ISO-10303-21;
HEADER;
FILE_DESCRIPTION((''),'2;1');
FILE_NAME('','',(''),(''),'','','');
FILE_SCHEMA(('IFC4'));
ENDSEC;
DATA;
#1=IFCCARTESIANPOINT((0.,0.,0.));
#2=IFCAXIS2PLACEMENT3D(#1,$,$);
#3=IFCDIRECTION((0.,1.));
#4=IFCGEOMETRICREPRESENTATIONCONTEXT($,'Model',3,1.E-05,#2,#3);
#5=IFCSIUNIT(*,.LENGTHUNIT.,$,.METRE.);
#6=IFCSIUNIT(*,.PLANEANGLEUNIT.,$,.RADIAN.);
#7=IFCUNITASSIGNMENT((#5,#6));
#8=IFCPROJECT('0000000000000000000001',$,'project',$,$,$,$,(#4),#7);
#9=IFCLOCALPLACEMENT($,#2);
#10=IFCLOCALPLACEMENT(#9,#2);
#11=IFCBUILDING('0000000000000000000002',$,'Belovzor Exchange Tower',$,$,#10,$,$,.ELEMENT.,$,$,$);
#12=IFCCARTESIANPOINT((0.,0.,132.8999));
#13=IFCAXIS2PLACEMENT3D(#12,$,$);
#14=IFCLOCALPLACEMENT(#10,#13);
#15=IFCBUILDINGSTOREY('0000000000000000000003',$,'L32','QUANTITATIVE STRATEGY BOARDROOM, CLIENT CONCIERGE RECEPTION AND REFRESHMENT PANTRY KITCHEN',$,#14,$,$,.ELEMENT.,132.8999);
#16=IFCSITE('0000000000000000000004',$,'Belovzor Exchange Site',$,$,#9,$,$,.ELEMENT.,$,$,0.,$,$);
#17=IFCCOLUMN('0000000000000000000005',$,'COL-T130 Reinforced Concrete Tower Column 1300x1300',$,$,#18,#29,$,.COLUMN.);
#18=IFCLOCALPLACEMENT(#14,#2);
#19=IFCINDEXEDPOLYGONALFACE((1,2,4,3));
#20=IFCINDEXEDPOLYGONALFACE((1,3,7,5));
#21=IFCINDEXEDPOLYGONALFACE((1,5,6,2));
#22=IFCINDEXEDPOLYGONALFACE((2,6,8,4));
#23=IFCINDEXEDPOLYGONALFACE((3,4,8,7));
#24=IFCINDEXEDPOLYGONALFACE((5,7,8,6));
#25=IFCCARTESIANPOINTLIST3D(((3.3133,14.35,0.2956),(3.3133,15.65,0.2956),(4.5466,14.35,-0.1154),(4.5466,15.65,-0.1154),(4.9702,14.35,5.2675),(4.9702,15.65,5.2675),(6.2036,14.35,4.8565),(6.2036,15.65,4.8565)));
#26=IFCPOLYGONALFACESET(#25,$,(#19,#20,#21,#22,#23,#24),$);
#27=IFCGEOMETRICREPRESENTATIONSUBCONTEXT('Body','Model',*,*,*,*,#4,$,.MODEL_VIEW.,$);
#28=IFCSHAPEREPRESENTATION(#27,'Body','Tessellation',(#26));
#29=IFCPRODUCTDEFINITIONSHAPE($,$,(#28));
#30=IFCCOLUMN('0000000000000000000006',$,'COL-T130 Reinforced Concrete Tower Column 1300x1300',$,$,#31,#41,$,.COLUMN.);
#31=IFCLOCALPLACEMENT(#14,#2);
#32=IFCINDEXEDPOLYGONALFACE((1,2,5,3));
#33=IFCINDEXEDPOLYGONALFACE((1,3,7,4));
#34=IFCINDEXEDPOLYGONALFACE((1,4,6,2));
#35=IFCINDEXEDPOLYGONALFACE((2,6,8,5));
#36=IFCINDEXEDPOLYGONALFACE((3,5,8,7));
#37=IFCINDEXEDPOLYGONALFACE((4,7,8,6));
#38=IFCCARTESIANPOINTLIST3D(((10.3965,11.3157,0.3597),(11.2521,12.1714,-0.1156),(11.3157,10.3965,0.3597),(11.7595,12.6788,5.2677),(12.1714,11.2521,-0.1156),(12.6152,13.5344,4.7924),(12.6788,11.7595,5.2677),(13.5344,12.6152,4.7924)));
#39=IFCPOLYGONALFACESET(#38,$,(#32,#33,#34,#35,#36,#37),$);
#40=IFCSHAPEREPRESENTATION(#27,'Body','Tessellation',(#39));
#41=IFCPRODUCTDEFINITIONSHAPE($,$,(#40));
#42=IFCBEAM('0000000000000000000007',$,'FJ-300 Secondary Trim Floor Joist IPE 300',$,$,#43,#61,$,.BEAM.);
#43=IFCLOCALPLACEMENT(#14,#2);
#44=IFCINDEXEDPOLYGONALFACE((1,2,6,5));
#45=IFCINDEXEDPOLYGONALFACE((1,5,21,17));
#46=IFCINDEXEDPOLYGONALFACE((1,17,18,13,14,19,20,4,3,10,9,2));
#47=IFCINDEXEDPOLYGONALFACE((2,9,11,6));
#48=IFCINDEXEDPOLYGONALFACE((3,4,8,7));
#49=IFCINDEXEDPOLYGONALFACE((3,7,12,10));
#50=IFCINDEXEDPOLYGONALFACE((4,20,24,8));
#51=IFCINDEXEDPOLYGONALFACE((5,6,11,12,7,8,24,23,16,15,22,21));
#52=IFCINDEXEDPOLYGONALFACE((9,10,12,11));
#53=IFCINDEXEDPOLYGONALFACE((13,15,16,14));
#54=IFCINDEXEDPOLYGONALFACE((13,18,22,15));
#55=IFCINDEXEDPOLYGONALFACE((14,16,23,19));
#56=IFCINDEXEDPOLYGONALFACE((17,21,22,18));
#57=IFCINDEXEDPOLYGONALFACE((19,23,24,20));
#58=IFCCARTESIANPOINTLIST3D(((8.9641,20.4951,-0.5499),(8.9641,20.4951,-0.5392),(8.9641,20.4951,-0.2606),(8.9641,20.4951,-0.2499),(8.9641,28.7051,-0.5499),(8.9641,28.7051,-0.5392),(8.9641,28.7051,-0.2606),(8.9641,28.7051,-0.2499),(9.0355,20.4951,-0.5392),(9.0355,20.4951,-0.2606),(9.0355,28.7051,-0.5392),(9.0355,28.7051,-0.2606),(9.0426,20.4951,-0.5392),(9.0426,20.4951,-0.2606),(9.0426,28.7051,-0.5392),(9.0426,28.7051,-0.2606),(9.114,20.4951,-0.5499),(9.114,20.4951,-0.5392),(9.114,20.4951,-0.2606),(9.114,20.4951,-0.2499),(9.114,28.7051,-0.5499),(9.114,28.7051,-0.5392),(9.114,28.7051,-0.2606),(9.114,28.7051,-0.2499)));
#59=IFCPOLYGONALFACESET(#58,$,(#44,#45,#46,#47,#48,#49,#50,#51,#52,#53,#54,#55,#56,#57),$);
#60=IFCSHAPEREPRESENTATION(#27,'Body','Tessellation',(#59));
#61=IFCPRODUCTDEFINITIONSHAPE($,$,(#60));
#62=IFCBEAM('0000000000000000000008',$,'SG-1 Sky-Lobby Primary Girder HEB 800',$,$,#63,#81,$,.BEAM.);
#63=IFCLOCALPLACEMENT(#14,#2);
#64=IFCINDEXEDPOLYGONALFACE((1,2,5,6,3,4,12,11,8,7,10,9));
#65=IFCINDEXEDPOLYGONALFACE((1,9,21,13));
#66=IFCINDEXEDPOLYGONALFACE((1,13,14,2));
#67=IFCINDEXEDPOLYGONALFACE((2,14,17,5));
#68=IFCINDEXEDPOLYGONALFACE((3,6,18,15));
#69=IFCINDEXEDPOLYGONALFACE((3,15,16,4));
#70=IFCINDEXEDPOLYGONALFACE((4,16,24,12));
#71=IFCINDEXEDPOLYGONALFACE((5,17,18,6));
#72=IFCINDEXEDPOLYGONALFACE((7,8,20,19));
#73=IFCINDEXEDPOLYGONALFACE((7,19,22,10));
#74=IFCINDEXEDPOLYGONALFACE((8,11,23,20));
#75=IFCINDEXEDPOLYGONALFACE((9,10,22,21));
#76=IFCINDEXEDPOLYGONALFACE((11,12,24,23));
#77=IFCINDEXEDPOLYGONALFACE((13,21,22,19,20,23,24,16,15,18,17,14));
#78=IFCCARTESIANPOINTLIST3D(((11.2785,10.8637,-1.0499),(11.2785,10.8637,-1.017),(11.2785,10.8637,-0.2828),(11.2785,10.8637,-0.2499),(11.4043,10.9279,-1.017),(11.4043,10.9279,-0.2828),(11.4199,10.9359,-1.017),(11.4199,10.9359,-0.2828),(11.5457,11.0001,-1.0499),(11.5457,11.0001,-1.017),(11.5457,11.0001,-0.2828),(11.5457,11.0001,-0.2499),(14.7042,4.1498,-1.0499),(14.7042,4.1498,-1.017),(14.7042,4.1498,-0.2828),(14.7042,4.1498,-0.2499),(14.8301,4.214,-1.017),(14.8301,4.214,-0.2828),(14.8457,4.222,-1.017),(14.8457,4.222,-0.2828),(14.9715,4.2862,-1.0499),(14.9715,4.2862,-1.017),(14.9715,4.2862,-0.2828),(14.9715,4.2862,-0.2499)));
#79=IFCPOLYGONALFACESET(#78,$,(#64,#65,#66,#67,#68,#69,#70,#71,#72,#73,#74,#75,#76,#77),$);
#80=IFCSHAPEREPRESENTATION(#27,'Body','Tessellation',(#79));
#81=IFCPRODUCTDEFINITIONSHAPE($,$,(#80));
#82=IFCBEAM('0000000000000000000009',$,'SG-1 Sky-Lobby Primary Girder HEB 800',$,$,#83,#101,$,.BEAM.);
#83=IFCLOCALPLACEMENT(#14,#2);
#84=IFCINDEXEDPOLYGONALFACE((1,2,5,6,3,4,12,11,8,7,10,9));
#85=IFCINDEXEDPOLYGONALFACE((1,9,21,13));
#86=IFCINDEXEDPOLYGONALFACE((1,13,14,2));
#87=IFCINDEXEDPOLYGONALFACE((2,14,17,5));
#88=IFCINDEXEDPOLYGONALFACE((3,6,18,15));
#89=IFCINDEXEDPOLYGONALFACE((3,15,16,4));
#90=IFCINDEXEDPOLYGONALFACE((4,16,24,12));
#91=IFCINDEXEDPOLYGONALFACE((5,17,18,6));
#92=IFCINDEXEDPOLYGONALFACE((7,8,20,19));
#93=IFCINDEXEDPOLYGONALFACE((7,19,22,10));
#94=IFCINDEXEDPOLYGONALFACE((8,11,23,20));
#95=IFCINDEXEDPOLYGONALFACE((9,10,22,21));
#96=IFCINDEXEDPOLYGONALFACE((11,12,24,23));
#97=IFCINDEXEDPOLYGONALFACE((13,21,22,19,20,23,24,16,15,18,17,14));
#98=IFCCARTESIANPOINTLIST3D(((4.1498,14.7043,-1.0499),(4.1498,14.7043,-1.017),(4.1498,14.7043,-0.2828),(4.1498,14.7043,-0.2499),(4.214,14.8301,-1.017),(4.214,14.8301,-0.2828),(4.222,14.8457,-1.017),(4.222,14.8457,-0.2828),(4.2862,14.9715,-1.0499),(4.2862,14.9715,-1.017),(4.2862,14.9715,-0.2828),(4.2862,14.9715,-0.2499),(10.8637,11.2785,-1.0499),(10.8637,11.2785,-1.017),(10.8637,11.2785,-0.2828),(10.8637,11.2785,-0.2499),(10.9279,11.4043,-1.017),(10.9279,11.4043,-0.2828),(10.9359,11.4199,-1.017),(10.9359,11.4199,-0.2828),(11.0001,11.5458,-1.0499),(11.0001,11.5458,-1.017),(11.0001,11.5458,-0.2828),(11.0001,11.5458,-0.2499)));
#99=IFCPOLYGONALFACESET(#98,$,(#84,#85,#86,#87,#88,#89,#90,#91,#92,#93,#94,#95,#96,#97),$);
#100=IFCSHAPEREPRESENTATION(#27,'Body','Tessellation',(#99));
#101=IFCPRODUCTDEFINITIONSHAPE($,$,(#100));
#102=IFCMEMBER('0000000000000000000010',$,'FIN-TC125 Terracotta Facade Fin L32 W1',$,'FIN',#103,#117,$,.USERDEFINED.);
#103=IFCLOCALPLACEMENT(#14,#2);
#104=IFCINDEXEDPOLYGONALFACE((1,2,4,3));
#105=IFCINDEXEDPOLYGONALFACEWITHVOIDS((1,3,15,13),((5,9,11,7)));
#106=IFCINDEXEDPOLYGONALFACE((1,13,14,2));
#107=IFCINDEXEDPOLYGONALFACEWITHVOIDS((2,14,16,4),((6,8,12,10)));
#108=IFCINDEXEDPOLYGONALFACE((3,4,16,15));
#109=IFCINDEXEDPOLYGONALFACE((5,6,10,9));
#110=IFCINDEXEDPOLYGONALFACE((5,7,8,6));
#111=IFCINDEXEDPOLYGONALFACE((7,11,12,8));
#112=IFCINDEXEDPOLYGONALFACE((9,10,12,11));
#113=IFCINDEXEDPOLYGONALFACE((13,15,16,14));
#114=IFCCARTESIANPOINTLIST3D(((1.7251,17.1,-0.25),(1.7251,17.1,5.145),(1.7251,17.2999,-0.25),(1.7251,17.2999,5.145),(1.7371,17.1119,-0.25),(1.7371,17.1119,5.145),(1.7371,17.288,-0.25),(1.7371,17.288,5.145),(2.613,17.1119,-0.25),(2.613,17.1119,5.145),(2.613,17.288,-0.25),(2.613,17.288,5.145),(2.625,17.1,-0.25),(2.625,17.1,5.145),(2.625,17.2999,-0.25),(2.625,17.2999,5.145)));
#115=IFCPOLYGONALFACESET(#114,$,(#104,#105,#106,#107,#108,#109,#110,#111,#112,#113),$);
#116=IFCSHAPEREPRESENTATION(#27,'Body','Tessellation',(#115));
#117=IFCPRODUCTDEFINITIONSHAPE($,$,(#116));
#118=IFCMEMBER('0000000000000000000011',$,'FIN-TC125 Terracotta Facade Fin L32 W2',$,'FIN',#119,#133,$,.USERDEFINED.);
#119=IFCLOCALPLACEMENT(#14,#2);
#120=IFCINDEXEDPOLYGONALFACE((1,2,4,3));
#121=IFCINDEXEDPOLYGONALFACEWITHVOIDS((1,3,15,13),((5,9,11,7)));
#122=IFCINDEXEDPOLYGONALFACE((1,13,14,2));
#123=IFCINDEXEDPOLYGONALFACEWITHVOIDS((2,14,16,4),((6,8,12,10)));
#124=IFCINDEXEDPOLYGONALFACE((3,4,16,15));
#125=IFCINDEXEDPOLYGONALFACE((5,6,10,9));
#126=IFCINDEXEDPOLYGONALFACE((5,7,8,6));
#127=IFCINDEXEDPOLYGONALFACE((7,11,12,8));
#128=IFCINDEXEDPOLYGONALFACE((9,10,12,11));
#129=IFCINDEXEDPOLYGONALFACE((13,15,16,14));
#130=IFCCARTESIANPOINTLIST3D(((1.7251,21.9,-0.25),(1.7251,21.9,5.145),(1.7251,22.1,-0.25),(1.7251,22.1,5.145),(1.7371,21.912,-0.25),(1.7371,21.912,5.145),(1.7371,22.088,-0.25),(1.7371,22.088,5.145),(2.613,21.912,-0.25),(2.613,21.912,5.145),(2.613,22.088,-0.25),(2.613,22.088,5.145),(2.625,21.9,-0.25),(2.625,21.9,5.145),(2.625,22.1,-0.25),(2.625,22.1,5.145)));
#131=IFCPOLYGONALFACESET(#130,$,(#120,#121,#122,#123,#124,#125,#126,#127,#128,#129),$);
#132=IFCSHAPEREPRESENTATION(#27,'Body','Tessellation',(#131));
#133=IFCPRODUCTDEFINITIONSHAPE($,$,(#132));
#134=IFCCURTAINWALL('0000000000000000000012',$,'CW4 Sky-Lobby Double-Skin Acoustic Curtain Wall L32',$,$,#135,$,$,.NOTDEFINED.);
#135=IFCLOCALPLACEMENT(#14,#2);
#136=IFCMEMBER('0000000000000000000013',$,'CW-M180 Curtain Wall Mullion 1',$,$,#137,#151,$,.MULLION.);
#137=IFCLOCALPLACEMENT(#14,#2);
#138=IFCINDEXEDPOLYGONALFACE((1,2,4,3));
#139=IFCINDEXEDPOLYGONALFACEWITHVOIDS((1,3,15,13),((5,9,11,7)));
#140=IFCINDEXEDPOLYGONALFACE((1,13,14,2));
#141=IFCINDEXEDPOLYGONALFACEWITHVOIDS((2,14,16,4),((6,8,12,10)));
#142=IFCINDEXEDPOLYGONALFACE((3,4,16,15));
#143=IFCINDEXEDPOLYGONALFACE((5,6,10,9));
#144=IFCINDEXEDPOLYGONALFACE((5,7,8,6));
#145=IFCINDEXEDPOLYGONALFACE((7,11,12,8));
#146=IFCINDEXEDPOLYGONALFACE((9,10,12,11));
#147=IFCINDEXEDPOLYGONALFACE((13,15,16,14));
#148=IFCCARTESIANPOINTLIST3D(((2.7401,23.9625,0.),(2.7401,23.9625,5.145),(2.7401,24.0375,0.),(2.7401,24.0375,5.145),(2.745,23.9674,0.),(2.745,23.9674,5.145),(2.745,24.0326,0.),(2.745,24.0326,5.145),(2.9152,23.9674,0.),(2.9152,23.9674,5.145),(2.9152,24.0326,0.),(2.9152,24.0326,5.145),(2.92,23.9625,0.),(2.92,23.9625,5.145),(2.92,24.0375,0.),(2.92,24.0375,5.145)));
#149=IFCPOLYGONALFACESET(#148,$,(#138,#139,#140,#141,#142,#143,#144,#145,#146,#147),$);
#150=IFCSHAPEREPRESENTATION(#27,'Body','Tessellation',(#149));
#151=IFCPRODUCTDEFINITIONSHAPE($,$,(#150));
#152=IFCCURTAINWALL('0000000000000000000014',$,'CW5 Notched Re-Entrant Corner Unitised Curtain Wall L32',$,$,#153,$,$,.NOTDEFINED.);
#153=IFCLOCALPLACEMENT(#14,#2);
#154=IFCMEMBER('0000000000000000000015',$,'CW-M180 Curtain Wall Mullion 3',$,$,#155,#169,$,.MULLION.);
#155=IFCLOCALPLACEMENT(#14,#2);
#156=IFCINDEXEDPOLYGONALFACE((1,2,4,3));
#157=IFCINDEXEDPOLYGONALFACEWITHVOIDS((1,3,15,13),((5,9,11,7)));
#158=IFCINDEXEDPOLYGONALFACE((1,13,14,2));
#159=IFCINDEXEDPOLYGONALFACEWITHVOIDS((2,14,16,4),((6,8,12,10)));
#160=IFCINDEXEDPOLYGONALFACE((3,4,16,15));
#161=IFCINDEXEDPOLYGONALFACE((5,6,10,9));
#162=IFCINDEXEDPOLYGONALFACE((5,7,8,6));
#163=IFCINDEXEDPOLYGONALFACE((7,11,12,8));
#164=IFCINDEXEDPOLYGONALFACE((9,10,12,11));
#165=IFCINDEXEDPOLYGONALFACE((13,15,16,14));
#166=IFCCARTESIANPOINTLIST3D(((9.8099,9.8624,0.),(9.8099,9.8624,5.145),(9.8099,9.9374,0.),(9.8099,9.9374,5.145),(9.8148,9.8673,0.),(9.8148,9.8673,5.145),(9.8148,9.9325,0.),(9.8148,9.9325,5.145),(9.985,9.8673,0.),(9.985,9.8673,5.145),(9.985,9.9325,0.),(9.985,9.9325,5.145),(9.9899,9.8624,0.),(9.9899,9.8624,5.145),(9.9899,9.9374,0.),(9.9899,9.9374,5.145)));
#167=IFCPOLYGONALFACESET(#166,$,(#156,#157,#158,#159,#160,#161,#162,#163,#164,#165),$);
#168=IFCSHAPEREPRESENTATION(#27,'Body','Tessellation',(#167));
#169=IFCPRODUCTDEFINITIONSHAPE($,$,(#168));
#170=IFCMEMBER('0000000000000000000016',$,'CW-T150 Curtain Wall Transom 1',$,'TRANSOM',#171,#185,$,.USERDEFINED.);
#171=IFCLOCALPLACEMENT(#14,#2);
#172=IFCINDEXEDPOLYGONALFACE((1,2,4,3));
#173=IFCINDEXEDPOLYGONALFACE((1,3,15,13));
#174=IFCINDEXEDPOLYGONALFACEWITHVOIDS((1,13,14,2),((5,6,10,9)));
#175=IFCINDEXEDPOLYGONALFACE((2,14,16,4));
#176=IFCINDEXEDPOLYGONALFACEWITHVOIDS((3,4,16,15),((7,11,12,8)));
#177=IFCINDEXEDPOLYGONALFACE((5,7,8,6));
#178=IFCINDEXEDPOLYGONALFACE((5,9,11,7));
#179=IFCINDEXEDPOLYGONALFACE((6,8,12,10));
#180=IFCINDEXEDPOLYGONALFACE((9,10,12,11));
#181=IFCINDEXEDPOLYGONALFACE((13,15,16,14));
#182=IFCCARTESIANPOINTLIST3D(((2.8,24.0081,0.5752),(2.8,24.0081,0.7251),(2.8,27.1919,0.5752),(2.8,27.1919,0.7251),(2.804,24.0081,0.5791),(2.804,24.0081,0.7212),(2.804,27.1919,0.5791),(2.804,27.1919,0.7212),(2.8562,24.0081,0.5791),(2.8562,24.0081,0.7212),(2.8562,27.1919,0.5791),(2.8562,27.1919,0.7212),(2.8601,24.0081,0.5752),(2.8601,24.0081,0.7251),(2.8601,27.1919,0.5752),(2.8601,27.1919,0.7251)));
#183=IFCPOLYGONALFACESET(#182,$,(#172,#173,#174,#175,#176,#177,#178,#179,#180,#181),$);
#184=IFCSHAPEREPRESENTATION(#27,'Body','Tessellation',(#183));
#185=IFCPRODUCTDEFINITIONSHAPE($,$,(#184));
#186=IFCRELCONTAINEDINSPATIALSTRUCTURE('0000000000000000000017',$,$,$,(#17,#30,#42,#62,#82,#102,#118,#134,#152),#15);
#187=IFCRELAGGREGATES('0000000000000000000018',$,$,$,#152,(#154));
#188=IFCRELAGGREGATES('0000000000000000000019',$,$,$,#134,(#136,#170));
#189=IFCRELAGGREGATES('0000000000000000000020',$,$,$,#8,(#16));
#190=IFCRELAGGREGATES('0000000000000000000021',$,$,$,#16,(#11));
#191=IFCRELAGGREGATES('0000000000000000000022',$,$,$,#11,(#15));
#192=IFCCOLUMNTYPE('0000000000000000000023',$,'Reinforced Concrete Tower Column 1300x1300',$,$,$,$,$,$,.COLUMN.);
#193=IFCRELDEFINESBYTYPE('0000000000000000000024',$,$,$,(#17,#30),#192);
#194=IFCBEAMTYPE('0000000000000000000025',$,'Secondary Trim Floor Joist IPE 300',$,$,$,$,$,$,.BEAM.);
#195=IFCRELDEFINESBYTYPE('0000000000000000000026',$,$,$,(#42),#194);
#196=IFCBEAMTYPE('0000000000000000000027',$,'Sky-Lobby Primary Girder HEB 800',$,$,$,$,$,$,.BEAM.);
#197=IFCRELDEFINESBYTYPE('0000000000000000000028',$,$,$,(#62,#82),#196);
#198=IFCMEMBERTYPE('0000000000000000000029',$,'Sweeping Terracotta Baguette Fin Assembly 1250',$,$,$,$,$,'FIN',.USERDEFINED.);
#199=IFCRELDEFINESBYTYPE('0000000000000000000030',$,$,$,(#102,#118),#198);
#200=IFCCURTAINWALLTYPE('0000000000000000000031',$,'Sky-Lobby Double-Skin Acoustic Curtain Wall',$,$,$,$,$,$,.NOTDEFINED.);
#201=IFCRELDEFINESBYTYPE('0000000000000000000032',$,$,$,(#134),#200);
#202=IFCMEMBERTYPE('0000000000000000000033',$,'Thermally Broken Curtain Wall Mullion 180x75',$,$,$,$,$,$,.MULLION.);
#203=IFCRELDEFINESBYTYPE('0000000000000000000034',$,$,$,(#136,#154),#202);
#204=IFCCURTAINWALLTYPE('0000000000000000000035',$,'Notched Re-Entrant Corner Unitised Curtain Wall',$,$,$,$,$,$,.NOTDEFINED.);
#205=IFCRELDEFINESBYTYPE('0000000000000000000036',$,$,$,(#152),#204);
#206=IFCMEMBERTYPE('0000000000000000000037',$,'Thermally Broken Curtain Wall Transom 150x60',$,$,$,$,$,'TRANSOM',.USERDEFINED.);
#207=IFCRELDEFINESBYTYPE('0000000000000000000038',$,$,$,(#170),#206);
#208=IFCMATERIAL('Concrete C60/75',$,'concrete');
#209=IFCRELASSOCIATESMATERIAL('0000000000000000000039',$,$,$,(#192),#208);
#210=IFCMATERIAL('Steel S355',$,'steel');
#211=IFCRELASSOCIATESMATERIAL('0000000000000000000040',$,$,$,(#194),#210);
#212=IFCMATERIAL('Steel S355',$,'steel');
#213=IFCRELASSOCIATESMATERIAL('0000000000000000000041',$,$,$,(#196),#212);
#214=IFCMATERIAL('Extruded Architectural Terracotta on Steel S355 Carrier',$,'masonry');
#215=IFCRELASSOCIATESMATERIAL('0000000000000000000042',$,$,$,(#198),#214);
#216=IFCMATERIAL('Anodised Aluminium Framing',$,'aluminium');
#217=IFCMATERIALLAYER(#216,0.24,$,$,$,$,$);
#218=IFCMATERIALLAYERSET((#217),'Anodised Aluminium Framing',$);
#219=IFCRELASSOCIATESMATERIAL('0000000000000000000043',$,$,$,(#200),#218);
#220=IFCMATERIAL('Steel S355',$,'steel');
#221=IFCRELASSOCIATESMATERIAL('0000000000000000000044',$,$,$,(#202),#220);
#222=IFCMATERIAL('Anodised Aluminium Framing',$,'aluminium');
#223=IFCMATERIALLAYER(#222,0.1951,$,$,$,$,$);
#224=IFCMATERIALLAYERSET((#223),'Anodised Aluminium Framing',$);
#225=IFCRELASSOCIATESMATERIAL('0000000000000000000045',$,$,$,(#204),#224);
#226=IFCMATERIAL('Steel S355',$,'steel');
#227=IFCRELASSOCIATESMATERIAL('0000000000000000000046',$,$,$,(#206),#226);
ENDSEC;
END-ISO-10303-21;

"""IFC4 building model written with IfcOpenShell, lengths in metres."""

from ifc_helpers import new_model, si_unit, direction, frame, origin, origin_2d, place, context, subcontext, project, spatial, rectangle, hollow_rectangle, i_section, extrude, material, layer, layer_set, material_profile, profile_set, type_object, element, aggregate, save


model = new_model("IFC4")

# Units and contexts
model_context = context("Model", 3, precision=1e-05, world=origin(), true_north=direction((0.0, 1.0)))
body_context = subcontext(model_context, "Body", "Model", "MODEL_VIEW")
ifc_project = project(units=[si_unit("LENGTHUNIT", "METRE"), si_unit("PLANEANGLEUNIT", "RADIAN")], contexts=[model_context])

# Site, building, storey
site_placement = place(None, origin())
site = spatial("IfcSite", under=ifc_project, at=site_placement, Name="Belovzor Exchange Site", CompositionType="ELEMENT", RefElevation=0.0)
building_placement = place(site_placement, origin())
building = spatial("IfcBuilding", under=site, at=building_placement, Name="Belovzor Exchange Tower", CompositionType="ELEMENT")
storey_placement = place(building_placement, frame((0.0, 0.0, 132.8999)))
storey = spatial("IfcBuildingStorey", under=building, at=storey_placement, Name="L32", Description="QUANTITATIVE STRATEGY BOARDROOM, CLIENT CONCIERGE RECEPTION AND REFRESHMENT PANTRY KITCHEN", CompositionType="ELEMENT", Elevation=132.8999)

# Columns
ifc_material_1 = material(Name="Concrete C60/75", Category="concrete")
ifc_material_profile_1 = material_profile(ifc_material_1, rectangle(XDim=1.3, YDim=1.3, at=origin_2d()))
ifc_profile_set_1 = profile_set([ifc_material_profile_1], Name="Concrete C60/75")
column_type = type_object("IfcColumnType", Name="Reinforced Concrete Tower Column 1300x1300", PredefinedType="COLUMN", material=ifc_profile_set_1)
column_1_placement = place(storey_placement, frame((3.9299, 15.0, 0.0901), z_axis=(0.316172, 0.0, 0.948702), x_axis=(0.0, 1.0, 0.0)))
element("IfcColumn", 1, at=column_1_placement, inside=storey, type_object=column_type, Name="COL-T130 Reinforced Concrete Tower Column 1300x1300", PredefinedType="COLUMN", context=body_context, shape_type="SweptSolid", body=[
    extrude(rectangle(XDim=1.3, YDim=1.3, at=origin_2d()), origin(), (0.0, 0.0, 1.0), 5.2407),
])
column_2_placement = place(storey_placement, frame((11.2839, 11.2839, 0.1221), z_axis=(0.258497, 0.258497, 0.930784), x_axis=(-0.707107, 0.707107, 0.0)))
element("IfcColumn", 2, at=column_2_placement, inside=storey, type_object=column_type, Name="COL-T130 Reinforced Concrete Tower Column 1300x1300", PredefinedType="COLUMN", context=body_context, shape_type="SweptSolid", body=[
    extrude(rectangle(XDim=1.3, YDim=1.3, at=origin_2d()), origin(), (0.0, 0.0, 1.0), 5.2729),
])

# Beams
ifc_material_2 = material(Name="Steel S355", Category="steel")
ifc_material_profile_2 = material_profile(ifc_material_2, i_section(OverallWidth=0.1499, OverallDepth=0.3, WebThickness=0.0071, FlangeThickness=0.0107, at=origin_2d()))
ifc_profile_set_2 = profile_set([ifc_material_profile_2], Name="Steel S355")
beam_type_1 = type_object("IfcBeamType", Name="Secondary Trim Floor Joist IPE 300", PredefinedType="BEAM", material=ifc_profile_set_2)
beam_placement = place(storey_placement, frame((9.0391, 20.4951, -0.3999), z_axis=(0.0, 1.0, 0.0), x_axis=(-1.0, 0.0, 0.0)))
element("IfcBeam", 3, at=beam_placement, inside=storey, type_object=beam_type_1, Name="FJ-300 Secondary Trim Floor Joist IPE 300", PredefinedType="BEAM", context=body_context, shape_type="SweptSolid", body=[
    extrude(i_section(OverallWidth=0.1499, OverallDepth=0.3, WebThickness=0.0071, FlangeThickness=0.0107, at=origin_2d()), origin(), (0.0, 0.0, 1.0), 8.21),
])
ifc_material_3 = material(Name="Steel S355", Category="steel")
ifc_material_profile_3 = material_profile(ifc_material_3, i_section(OverallWidth=0.3, OverallDepth=0.8, WebThickness=0.0176, FlangeThickness=0.033, at=origin_2d()))
ifc_profile_set_3 = profile_set([ifc_material_profile_3], Name="Steel S355")
beam_type_2 = type_object("IfcBeamType", Name="Sky-Lobby Primary Girder HEB 800", PredefinedType="BEAM", material=ifc_profile_set_3)
for number, where, z_axis, x_axis, name in (
    (4, (11.4121, 10.9319, -0.6499), (0.454506, -0.890744, 0.0), (0.890744, 0.454506, 0.0), "SG-1 Sky-Lobby Primary Girder HEB 800"),
    (5, (4.218, 14.8379, -0.6499), (0.890744, -0.454506, 0.0), (0.454506, 0.890744, 0.0), "SG-1 Sky-Lobby Primary Girder HEB 800"),
):
    element("IfcBeam", number, at=place(storey_placement, frame(where, z_axis=z_axis, x_axis=x_axis)), inside=storey, type_object=beam_type_2, Name=name, PredefinedType="BEAM", context=body_context, shape_type="SweptSolid", body=[
        extrude(i_section(OverallWidth=0.3, OverallDepth=0.8, WebThickness=0.0176, FlangeThickness=0.033, at=origin_2d()), origin(), (0.0, 0.0, 1.0), 7.5374),
    ])

# Members
ifc_material_4 = material(Name="Extruded Architectural Terracotta on Steel S355 Carrier", Category="masonry")
ifc_material_profile_4 = material_profile(ifc_material_4, hollow_rectangle(XDim=0.2, YDim=0.8999, WallThickness=0.012, at=origin_2d()))
ifc_profile_set_4 = profile_set([ifc_material_profile_4], Name="Extruded Architectural Terracotta on Steel S355 Carrier")
member_type_1 = type_object("IfcMemberType", Name="Sweeping Terracotta Baguette Fin Assembly 1250", ElementType="FIN", PredefinedType="USERDEFINED", material=ifc_profile_set_4)
for number, where, z_axis, x_axis, name in (
    (6, (2.175, 17.2, -0.25), (0.0, 0.0, 1.0), (0.0, 1.0, 0.0), "FIN-TC125 Terracotta Facade Fin L32 W1"),
    (7, (2.175, 22.0, -0.25), (0.0, 0.0, 1.0), (0.0, 1.0, 0.0), "FIN-TC125 Terracotta Facade Fin L32 W2"),
):
    element("IfcMember", number, at=place(storey_placement, frame(where, z_axis=z_axis, x_axis=x_axis)), inside=storey, type_object=member_type_1, Name=name, ObjectType="FIN", PredefinedType="USERDEFINED", context=body_context, shape_type="SweptSolid", body=[
        extrude(hollow_rectangle(XDim=0.2, YDim=0.8999, WallThickness=0.012, at=origin_2d()), origin(), (0.0, 0.0, 1.0), 5.395),
    ])

# Curtain walls, members
ifc_material_5 = material(Name="Anodised Aluminium Framing", Category="aluminium")
ifc_layer_1 = layer(ifc_material_5, 0.24)
ifc_layer_set_1 = layer_set([ifc_layer_1], Name="Anodised Aluminium Framing")
curtain_wall_type_1 = type_object("IfcCurtainWallType", Name="Sky-Lobby Double-Skin Acoustic Curtain Wall", PredefinedType="NOTDEFINED", material=ifc_layer_set_1)
curtain_wall_1_placement = place(storey_placement, origin())
curtain_wall_1 = element("IfcCurtainWall", 8, at=curtain_wall_1_placement, inside=storey, type_object=curtain_wall_type_1, Name="CW4 Sky-Lobby Double-Skin Acoustic Curtain Wall L32", PredefinedType="NOTDEFINED")
ifc_material_6 = material(Name="Steel S355", Category="steel")
ifc_material_profile_5 = material_profile(ifc_material_6, hollow_rectangle(XDim=0.075, YDim=0.1799, WallThickness=0.0049, at=origin_2d()))
ifc_profile_set_5 = profile_set([ifc_material_profile_5], Name="Steel S355")
member_type_2 = type_object("IfcMemberType", Name="Thermally Broken Curtain Wall Mullion 180x75", PredefinedType="MULLION", material=ifc_profile_set_5)
member_1_placement = place(storey_placement, frame((2.8301, 24.0, 0.0), z_axis=(0.0, 0.0, 1.0), x_axis=(0.0, 1.0, 0.0)))
member_1 = element("IfcMember", 9, at=member_1_placement, type_object=member_type_2, Name="CW-M180 Curtain Wall Mullion 1", PredefinedType="MULLION", context=body_context, shape_type="SweptSolid", body=[
    extrude(hollow_rectangle(XDim=0.075, YDim=0.1799, WallThickness=0.0049, at=origin_2d()), origin(), (0.0, 0.0, 1.0), 5.145),
])
ifc_material_7 = material(Name="Anodised Aluminium Framing", Category="aluminium")
ifc_layer_2 = layer(ifc_material_7, 0.1951)
ifc_layer_set_2 = layer_set([ifc_layer_2], Name="Anodised Aluminium Framing")
curtain_wall_type_2 = type_object("IfcCurtainWallType", Name="Notched Re-Entrant Corner Unitised Curtain Wall", PredefinedType="NOTDEFINED", material=ifc_layer_set_2)
curtain_wall_2_placement = place(storey_placement, origin())
curtain_wall_2 = element("IfcCurtainWall", 10, at=curtain_wall_2_placement, inside=storey, type_object=curtain_wall_type_2, Name="CW5 Notched Re-Entrant Corner Unitised Curtain Wall L32", PredefinedType="NOTDEFINED")
member_2_placement = place(storey_placement, frame((9.8999, 9.8999, 0.0), z_axis=(0.0, 0.0, 1.0), x_axis=(0.0, 1.0, 0.0)))
member_2 = element("IfcMember", 11, at=member_2_placement, type_object=member_type_2, Name="CW-M180 Curtain Wall Mullion 3", PredefinedType="MULLION", context=body_context, shape_type="SweptSolid", body=[
    extrude(hollow_rectangle(XDim=0.075, YDim=0.1799, WallThickness=0.0049, at=origin_2d()), origin(), (0.0, 0.0, 1.0), 5.145),
])
aggregate(curtain_wall_2, [member_2])

# Member
ifc_material_8 = material(Name="Steel S355", Category="steel")
ifc_material_profile_6 = material_profile(ifc_material_8, hollow_rectangle(XDim=0.0601, YDim=0.1499, WallThickness=0.0039, at=origin_2d()))
ifc_profile_set_6 = profile_set([ifc_material_profile_6], Name="Steel S355")
member_type_3 = type_object("IfcMemberType", Name="Thermally Broken Curtain Wall Transom 150x60", ElementType="TRANSOM", PredefinedType="USERDEFINED", material=ifc_profile_set_6)
member_3_placement = place(storey_placement, frame((2.8301, 24.0081, 0.6501), z_axis=(0.0, 1.0, 0.0), x_axis=(-1.0, 0.0, 0.0)))
member_3 = element("IfcMember", 12, at=member_3_placement, type_object=member_type_3, Name="CW-T150 Curtain Wall Transom 1", ObjectType="TRANSOM", PredefinedType="USERDEFINED", context=body_context, shape_type="SweptSolid", body=[
    extrude(hollow_rectangle(XDim=0.0601, YDim=0.1499, WallThickness=0.0039, at=origin_2d()), origin(), (0.0, 0.0, 1.0), 3.1838),
])

aggregate(curtain_wall_1, [member_1, member_3])

save(model, "model.ifc")
